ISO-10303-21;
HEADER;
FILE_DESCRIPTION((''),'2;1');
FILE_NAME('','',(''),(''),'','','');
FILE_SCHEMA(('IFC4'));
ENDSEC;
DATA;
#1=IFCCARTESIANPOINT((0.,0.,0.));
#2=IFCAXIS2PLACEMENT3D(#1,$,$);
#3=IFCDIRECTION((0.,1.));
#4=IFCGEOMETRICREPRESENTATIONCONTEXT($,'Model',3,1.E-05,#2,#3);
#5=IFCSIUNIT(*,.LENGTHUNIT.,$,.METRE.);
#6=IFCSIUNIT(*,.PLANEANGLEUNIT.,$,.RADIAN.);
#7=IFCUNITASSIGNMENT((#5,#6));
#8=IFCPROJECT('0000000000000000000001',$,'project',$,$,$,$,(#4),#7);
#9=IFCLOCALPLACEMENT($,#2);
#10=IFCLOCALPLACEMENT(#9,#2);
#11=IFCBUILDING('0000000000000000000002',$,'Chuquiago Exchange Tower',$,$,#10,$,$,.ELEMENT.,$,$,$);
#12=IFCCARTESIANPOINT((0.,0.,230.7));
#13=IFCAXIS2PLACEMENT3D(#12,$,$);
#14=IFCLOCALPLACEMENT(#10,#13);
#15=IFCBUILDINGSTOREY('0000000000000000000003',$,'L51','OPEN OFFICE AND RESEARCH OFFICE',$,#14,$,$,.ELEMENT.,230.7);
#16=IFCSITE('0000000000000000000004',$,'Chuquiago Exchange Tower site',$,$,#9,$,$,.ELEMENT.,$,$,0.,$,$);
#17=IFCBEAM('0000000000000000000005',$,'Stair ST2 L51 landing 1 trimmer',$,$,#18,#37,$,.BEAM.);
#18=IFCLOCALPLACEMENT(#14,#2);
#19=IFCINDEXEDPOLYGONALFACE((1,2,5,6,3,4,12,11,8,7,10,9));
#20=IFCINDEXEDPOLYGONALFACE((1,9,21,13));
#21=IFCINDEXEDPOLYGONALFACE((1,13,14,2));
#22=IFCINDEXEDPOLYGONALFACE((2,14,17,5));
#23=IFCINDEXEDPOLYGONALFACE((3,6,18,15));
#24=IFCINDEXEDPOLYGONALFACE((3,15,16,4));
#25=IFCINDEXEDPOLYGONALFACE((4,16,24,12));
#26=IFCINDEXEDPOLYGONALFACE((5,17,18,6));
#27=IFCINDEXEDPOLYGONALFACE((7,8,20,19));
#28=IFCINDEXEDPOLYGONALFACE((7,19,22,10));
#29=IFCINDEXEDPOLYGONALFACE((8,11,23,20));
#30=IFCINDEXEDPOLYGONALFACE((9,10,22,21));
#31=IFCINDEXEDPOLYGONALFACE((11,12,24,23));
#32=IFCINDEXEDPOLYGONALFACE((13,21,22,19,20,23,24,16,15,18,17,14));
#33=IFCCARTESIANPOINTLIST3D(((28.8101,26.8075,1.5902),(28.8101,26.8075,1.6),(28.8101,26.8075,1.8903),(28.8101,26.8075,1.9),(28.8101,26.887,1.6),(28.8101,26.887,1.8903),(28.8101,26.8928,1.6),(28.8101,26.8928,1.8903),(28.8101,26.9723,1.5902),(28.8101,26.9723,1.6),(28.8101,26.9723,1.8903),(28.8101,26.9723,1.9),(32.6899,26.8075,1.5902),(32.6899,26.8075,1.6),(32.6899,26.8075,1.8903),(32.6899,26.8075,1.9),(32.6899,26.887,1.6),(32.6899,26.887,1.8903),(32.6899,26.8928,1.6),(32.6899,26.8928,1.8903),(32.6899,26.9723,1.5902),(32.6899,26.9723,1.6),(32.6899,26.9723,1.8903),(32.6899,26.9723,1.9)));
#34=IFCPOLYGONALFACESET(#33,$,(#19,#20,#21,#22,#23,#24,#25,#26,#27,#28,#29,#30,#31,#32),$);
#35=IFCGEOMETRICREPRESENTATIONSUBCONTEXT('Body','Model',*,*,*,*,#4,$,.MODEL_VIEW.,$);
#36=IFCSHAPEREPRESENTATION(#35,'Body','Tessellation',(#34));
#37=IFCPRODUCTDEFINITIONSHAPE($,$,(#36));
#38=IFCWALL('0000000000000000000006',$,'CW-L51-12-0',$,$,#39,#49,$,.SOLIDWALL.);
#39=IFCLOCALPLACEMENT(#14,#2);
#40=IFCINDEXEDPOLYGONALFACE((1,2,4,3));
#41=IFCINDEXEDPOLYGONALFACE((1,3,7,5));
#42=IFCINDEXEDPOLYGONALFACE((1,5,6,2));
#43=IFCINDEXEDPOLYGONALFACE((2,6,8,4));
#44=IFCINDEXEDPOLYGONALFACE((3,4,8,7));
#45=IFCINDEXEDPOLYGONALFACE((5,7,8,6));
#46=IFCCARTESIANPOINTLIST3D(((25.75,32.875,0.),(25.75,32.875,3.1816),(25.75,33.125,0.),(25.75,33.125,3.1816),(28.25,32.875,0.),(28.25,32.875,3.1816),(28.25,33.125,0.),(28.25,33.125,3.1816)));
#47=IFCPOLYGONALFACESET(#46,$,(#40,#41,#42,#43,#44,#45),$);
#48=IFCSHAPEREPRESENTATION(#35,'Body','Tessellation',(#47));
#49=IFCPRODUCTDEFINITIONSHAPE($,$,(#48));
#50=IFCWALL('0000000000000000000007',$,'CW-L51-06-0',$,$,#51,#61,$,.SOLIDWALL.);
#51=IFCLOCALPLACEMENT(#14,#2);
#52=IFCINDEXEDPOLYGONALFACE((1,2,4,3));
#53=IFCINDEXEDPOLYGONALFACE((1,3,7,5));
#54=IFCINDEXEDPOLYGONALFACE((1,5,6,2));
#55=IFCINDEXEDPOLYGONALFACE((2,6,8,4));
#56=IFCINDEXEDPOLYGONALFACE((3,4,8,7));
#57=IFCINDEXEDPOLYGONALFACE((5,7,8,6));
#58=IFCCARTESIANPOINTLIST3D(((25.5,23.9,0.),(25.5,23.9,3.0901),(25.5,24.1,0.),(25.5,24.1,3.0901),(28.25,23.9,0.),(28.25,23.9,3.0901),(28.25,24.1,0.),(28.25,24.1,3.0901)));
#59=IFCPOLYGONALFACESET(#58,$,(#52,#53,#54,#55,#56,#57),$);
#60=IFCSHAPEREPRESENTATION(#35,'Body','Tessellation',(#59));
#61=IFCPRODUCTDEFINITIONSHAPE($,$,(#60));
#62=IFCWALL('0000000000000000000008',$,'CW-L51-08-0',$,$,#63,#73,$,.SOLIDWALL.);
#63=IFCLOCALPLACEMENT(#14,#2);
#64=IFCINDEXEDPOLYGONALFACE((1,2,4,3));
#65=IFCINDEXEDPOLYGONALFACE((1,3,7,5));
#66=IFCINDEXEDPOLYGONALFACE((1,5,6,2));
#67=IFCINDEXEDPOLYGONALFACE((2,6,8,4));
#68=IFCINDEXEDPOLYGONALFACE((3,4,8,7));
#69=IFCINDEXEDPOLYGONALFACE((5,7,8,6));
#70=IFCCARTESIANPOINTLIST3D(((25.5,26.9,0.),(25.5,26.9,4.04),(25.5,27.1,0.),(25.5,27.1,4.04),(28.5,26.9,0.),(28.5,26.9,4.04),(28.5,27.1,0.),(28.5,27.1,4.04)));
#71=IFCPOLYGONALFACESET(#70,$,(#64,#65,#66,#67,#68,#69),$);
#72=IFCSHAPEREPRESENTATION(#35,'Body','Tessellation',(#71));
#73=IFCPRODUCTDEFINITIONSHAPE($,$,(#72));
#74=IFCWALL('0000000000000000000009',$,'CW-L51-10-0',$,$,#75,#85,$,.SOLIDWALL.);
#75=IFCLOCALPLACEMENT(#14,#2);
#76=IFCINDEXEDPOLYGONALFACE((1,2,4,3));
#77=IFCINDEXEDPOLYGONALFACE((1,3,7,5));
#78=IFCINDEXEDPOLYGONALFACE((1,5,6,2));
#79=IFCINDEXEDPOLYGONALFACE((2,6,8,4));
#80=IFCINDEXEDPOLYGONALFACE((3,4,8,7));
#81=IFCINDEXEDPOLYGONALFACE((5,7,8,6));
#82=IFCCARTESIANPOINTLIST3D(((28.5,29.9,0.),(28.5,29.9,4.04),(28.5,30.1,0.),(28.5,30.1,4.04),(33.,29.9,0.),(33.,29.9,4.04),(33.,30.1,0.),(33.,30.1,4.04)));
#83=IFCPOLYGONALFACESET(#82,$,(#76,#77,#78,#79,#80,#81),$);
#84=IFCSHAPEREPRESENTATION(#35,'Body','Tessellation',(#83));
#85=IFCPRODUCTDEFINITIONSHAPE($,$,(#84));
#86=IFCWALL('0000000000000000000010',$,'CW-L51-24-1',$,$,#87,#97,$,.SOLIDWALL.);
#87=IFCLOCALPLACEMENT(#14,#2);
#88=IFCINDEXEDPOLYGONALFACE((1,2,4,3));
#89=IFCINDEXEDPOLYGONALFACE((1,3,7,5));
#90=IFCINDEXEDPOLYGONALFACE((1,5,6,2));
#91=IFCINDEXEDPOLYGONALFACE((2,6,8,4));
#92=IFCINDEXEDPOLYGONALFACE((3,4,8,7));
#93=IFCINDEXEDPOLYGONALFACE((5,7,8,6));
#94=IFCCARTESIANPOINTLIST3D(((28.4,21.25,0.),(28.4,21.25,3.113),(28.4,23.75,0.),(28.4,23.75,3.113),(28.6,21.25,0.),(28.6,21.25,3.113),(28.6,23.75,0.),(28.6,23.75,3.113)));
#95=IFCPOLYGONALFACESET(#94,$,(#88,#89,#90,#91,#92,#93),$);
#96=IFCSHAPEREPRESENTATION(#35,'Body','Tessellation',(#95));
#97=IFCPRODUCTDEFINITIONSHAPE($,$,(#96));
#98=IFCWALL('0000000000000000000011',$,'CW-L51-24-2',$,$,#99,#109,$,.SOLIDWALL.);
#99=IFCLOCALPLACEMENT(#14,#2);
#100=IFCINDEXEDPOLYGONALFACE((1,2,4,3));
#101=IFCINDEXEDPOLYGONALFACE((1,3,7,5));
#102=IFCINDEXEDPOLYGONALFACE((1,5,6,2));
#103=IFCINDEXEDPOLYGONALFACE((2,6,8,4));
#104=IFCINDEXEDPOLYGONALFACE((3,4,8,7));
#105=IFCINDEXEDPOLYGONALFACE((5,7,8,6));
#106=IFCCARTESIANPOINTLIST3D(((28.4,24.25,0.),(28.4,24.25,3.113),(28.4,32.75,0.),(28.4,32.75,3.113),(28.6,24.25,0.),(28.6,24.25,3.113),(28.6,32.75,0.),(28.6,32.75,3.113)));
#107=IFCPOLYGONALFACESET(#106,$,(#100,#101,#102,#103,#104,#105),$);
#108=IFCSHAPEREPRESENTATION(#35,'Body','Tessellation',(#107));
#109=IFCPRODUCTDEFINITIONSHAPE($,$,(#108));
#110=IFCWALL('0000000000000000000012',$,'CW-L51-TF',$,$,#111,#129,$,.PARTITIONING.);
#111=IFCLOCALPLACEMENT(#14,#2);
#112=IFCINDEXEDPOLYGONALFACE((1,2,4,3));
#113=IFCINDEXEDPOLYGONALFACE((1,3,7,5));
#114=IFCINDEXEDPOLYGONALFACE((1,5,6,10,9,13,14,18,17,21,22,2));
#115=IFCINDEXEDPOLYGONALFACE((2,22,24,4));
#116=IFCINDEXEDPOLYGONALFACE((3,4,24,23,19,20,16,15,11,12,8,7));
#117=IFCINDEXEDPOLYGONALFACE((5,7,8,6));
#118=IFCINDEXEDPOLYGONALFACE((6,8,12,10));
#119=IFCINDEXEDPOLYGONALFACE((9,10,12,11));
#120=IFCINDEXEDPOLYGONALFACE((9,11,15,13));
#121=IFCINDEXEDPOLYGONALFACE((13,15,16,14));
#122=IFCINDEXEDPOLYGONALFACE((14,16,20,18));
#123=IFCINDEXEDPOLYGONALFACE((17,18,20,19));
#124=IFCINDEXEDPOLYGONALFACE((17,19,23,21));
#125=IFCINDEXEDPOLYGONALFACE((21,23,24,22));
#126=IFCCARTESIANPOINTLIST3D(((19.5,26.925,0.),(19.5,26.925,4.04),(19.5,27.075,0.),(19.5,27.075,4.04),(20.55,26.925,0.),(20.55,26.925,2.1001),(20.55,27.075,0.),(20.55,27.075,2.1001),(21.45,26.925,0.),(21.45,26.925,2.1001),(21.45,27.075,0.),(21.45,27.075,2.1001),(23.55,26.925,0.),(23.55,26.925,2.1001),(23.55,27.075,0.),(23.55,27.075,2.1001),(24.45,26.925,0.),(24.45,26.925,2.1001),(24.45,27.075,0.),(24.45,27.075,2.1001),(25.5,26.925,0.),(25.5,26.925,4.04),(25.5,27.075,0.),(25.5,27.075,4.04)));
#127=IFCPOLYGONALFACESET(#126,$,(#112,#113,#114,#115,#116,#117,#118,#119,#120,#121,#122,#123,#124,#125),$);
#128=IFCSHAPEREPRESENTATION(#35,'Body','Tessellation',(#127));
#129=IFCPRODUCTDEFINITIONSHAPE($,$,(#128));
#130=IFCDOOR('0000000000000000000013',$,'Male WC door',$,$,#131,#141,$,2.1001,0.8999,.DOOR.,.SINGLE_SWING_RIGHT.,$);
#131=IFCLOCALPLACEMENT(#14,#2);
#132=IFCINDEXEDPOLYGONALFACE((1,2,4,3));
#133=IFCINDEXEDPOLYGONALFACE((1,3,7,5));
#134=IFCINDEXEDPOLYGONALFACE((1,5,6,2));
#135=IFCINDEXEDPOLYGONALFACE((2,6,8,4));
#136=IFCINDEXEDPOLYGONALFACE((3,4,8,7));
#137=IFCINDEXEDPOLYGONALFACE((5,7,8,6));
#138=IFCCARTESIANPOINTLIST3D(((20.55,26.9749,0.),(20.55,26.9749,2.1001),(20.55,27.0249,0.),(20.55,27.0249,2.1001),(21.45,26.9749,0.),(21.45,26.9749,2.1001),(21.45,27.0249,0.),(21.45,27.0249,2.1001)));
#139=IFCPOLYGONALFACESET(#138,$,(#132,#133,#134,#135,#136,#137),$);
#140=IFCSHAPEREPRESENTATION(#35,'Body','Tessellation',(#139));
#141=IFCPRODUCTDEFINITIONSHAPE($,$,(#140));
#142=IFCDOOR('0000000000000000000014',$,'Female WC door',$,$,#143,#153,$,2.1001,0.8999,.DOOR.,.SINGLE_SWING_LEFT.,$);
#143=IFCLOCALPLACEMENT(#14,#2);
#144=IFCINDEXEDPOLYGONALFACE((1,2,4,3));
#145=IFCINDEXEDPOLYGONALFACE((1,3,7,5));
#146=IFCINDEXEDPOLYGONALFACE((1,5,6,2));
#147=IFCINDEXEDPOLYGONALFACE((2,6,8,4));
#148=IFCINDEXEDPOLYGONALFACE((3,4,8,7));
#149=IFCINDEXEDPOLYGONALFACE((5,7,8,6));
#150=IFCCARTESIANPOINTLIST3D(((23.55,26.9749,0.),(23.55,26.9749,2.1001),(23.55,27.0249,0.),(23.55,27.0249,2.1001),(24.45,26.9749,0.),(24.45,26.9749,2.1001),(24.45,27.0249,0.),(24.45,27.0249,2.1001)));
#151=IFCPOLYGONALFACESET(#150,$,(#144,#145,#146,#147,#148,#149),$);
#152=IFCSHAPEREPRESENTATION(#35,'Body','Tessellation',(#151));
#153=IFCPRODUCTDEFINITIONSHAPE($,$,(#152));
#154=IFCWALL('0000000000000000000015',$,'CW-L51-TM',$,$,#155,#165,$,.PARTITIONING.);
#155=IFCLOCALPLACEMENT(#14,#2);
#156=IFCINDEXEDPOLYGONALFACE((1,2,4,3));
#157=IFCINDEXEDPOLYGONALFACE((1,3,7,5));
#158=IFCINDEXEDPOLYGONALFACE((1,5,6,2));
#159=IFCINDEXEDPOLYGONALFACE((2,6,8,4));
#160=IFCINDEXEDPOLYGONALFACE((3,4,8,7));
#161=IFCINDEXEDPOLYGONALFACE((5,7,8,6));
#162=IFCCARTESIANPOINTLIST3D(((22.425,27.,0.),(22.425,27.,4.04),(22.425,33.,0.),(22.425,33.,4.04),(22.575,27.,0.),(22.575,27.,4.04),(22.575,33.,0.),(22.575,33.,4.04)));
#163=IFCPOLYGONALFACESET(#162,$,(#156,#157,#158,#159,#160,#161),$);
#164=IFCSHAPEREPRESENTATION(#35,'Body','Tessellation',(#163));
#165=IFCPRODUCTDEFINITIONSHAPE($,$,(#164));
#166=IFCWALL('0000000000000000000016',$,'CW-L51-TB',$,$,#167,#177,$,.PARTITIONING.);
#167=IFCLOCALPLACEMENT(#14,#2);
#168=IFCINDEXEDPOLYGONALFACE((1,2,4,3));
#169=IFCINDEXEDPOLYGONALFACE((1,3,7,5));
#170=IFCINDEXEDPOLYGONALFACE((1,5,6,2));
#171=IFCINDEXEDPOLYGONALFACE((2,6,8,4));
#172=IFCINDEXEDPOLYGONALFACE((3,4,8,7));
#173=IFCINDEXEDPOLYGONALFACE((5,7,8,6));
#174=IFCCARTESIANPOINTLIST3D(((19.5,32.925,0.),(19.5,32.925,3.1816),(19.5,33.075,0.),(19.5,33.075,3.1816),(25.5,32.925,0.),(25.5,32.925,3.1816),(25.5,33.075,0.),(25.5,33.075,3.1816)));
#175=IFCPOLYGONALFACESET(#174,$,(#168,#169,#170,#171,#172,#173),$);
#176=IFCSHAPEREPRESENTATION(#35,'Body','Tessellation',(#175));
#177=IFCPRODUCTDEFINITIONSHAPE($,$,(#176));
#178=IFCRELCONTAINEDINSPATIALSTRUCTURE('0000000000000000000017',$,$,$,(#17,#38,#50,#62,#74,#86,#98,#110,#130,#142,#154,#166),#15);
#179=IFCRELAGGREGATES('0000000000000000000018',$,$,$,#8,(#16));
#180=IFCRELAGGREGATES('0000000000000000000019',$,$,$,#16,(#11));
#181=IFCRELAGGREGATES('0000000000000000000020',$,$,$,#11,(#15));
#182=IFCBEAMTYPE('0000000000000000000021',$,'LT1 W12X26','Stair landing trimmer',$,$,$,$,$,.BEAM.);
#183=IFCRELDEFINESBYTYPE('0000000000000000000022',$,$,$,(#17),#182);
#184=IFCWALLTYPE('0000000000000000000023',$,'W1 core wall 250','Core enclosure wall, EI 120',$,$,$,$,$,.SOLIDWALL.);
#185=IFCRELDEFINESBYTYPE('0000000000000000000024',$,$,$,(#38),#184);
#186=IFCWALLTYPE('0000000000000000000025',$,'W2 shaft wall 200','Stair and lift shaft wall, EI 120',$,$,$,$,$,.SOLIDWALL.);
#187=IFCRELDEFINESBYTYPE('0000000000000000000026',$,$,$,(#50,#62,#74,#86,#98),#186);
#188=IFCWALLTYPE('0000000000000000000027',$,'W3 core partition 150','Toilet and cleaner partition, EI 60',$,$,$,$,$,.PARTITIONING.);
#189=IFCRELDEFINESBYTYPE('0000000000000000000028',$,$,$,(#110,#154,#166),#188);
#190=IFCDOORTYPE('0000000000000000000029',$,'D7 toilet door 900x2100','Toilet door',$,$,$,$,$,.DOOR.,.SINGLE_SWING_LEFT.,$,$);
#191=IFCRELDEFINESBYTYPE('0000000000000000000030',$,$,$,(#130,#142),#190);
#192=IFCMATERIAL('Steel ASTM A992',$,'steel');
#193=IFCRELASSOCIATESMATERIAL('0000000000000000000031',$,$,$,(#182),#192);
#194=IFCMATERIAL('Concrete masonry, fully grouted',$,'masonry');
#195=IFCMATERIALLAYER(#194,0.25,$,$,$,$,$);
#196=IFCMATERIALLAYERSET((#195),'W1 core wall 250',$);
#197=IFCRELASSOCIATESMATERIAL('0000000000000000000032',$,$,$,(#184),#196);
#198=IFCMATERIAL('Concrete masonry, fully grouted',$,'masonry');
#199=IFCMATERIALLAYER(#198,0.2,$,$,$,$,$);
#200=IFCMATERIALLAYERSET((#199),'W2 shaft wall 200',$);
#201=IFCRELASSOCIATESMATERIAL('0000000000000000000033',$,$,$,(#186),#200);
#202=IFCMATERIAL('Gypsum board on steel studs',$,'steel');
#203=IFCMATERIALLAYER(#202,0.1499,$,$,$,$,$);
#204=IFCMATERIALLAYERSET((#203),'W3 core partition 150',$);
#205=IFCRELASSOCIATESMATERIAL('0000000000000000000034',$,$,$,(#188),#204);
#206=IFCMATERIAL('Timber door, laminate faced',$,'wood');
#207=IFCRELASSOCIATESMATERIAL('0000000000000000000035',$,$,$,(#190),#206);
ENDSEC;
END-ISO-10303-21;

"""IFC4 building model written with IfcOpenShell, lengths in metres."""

from ifc_helpers import new_model, si_unit, direction, frame, frame_2d, origin, origin_2d, place, context, subcontext, project, spatial, rectangle, i_section, extrude, material, layer, layer_set, material_profile, profile_set, type_object, element, fill, save


model = new_model("IFC4")

# Units and contexts
model_context = context("Model", 3, precision=1e-05, world=origin(), true_north=direction((0.0, 1.0)))
body_context = subcontext(model_context, "Body", "Model", "MODEL_VIEW")
ifc_project = project(units=[si_unit("LENGTHUNIT", "METRE"), si_unit("PLANEANGLEUNIT", "RADIAN")], contexts=[model_context])

# Site, building, storey
site_placement = place(None, origin())
site = spatial("IfcSite", under=ifc_project, at=site_placement, Name="Chuquiago Exchange Tower site", CompositionType="ELEMENT", RefElevation=0.0)
building_placement = place(site_placement, origin())
building = spatial("IfcBuilding", under=site, at=building_placement, Name="Chuquiago Exchange Tower", CompositionType="ELEMENT")
storey_placement = place(building_placement, frame((0.0, 0.0, 230.7)))
storey = spatial("IfcBuildingStorey", under=building, at=storey_placement, Name="L51", Description="OPEN OFFICE AND RESEARCH OFFICE", CompositionType="ELEMENT", Elevation=230.7)

# Beam
ifc_material_1 = material(Name="Steel ASTM A992", Category="steel")
ifc_material_profile_1 = material_profile(ifc_material_1, i_section(OverallWidth=0.1648, OverallDepth=0.3098, WebThickness=0.0059, FlangeThickness=0.0098, at=origin_2d()), Name="W12X26")
ifc_profile_set_1 = profile_set([ifc_material_profile_1], Name="Steel ASTM A992")
beam_type_1 = type_object("IfcBeamType", Name="LT1 W12X26", Description="Stair landing trimmer", PredefinedType="BEAM", material=ifc_profile_set_1)
for number, where, z_axis, x_axis, name in (
    (1, (28.8101, 26.8899, 1.7451), (1.0, 0.0, 0.0), (0.0, 1.0, 0.0), "Stair ST2 L51 landing 1 trimmer"),
):
    element("IfcBeam", number, at=place(storey_placement, frame(where, z_axis=z_axis, x_axis=x_axis)), inside=storey, type_object=beam_type_1, Name=name, PredefinedType="BEAM", context=body_context, shape_type="SweptSolid", body=[
        extrude(i_section(OverallWidth=0.1648, OverallDepth=0.3098, WebThickness=0.0059, FlangeThickness=0.0098, at=origin_2d()), origin(), (0.0, 0.0, 1.0), 3.8799),
    ])

# Walls
ifc_material_2 = material(Name="Concrete masonry, fully grouted", Category="masonry")
ifc_layer_1 = layer(ifc_material_2, 0.25)
ifc_layer_set_1 = layer_set([ifc_layer_1], Name="W1 core wall 250")
wall_type_1 = type_object("IfcWallType", Name="W1 core wall 250", Description="Core enclosure wall, EI 120", PredefinedType="SOLIDWALL", material=ifc_layer_set_1)
wall_1_placement = place(storey_placement, frame((25.75, 33.0, 0.0), z_axis=(0.0, 0.0, 1.0), x_axis=(1.0, 0.0, 0.0)))
element("IfcWall", 2, at=wall_1_placement, inside=storey, type_object=wall_type_1, Name="CW-L51-12-0", PredefinedType="SOLIDWALL", context=body_context, shape_type="SweptSolid", body=[
    extrude(rectangle(XDim=2.5, YDim=0.25, at=frame_2d((1.25, 0.0))), origin(), (0.0, 0.0, 1.0), 3.1816),
])
ifc_material_3 = material(Name="Concrete masonry, fully grouted", Category="masonry")
ifc_layer_2 = layer(ifc_material_3, 0.2)
ifc_layer_set_2 = layer_set([ifc_layer_2], Name="W2 shaft wall 200")
wall_type_2 = type_object("IfcWallType", Name="W2 shaft wall 200", Description="Stair and lift shaft wall, EI 120", PredefinedType="SOLIDWALL", material=ifc_layer_set_2)
wall_2_placement = place(storey_placement, frame((25.5, 24.0, 0.0), z_axis=(0.0, 0.0, 1.0), x_axis=(1.0, 0.0, 0.0)))
element("IfcWall", 3, at=wall_2_placement, inside=storey, type_object=wall_type_2, Name="CW-L51-06-0", PredefinedType="SOLIDWALL", context=body_context, shape_type="SweptSolid", body=[
    extrude(rectangle(XDim=2.75, YDim=0.2, at=frame_2d((1.375, 0.0))), origin(), (0.0, 0.0, 1.0), 3.0901),
])
wall_3_placement = place(storey_placement, frame((25.5, 27.0, 0.0), z_axis=(0.0, 0.0, 1.0), x_axis=(1.0, 0.0, 0.0)))
element("IfcWall", 4, at=wall_3_placement, inside=storey, type_object=wall_type_2, Name="CW-L51-08-0", PredefinedType="SOLIDWALL", context=body_context, shape_type="SweptSolid", body=[
    extrude(rectangle(XDim=3.0, YDim=0.2, at=frame_2d((1.5, 0.0))), origin(), (0.0, 0.0, 1.0), 4.04),
])
wall_4_placement = place(storey_placement, frame((28.5, 30.0, 0.0), z_axis=(0.0, 0.0, 1.0), x_axis=(1.0, 0.0, 0.0)))
element("IfcWall", 5, at=wall_4_placement, inside=storey, type_object=wall_type_2, Name="CW-L51-10-0", PredefinedType="SOLIDWALL", context=body_context, shape_type="SweptSolid", body=[
    extrude(rectangle(XDim=4.5, YDim=0.2, at=frame_2d((2.25, 0.0))), origin(), (0.0, 0.0, 1.0), 4.04),
])
wall_5_placement = place(storey_placement, frame((28.5, 21.25, 0.0), z_axis=(0.0, 0.0, 1.0), x_axis=(0.0, 1.0, 0.0)))
element("IfcWall", 6, at=wall_5_placement, inside=storey, type_object=wall_type_2, Name="CW-L51-24-1", PredefinedType="SOLIDWALL", context=body_context, shape_type="SweptSolid", body=[
    extrude(rectangle(XDim=2.5, YDim=0.2, at=frame_2d((1.25, 0.0))), origin(), (0.0, 0.0, 1.0), 3.113),
])
wall_6_placement = place(storey_placement, frame((28.5, 24.25, 0.0), z_axis=(0.0, 0.0, 1.0), x_axis=(0.0, 1.0, 0.0)))
element("IfcWall", 7, at=wall_6_placement, inside=storey, type_object=wall_type_2, Name="CW-L51-24-2", PredefinedType="SOLIDWALL", context=body_context, shape_type="SweptSolid", body=[
    extrude(rectangle(XDim=8.5, YDim=0.2, at=frame_2d((4.25, 0.0))), origin(), (0.0, 0.0, 1.0), 3.113),
])

# Wall, openings, doors
ifc_material_4 = material(Name="Gypsum board on steel studs", Category="steel")
ifc_layer_3 = layer(ifc_material_4, 0.1499)
ifc_layer_set_3 = layer_set([ifc_layer_3], Name="W3 core partition 150")
wall_type_3 = type_object("IfcWallType", Name="W3 core partition 150", Description="Toilet and cleaner partition, EI 60", PredefinedType="PARTITIONING", material=ifc_layer_set_3)
wall_7_placement = place(storey_placement, frame((19.5, 27.0, 0.0), z_axis=(0.0, 0.0, 1.0), x_axis=(1.0, 0.0, 0.0)))
wall_7 = element("IfcWall", 8, at=wall_7_placement, inside=storey, type_object=wall_type_3, Name="CW-L51-TF", PredefinedType="PARTITIONING", context=body_context, shape_type="SweptSolid", body=[
    extrude(rectangle(XDim=6.0, YDim=0.1499, at=frame_2d((3.0, 0.0))), origin(), (0.0, 0.0, 1.0), 4.04),
])
opening_1_placement = place(wall_7_placement, frame((1.05, 0.0, 0.0)))
opening_1 = element("IfcOpeningElement", 9, at=opening_1_placement, cuts=wall_7, PredefinedType="OPENING", context=body_context, shape_type="SweptSolid", body=[
    extrude(rectangle(XDim=0.8999, YDim=2.1001, at=frame_2d((0.45, 1.05))), frame((0.0, 0.085, 0.0), z_axis=(0.0, -1.0, 0.0), x_axis=(1.0, 0.0, 0.0)), (0.0, 0.0, 1.0), 0.1699),
])
opening_2_placement = place(wall_7_placement, frame((4.05, 0.0, 0.0)))
opening_2 = element("IfcOpeningElement", 10, at=opening_2_placement, cuts=wall_7, PredefinedType="OPENING", context=body_context, shape_type="SweptSolid", body=[
    extrude(rectangle(XDim=0.8999, YDim=2.1001, at=frame_2d((0.45, 1.05))), frame((0.0, 0.085, 0.0), z_axis=(0.0, -1.0, 0.0), x_axis=(1.0, 0.0, 0.0)), (0.0, 0.0, 1.0), 0.1699),
])
ifc_material_5 = material(Name="Timber door, laminate faced", Category="wood")
door_type = type_object("IfcDoorType", Name="D7 toilet door 900x2100", Description="Toilet door", OperationType="SINGLE_SWING_LEFT", PredefinedType="DOOR", material=ifc_material_5)
door_1_placement = place(opening_1_placement, origin())
door_1 = element("IfcDoor", 11, at=door_1_placement, inside=storey, type_object=door_type, Name="Male WC door", OperationType="SINGLE_SWING_RIGHT", OverallHeight=2.1001, OverallWidth=0.8999, PredefinedType="DOOR", context=body_context, shape_type="SweptSolid", body=[
    extrude(rectangle(XDim=0.8999, YDim=2.1001, at=frame_2d((0.45, 1.05))), frame((0.0, 0.0249, 0.0), z_axis=(0.0, -1.0, 0.0), x_axis=(1.0, 0.0, 0.0)), (0.0, 0.0, 1.0), 0.05),
])
fill(opening_1, door_1)
door_2_placement = place(opening_2_placement, origin())
door_2 = element("IfcDoor", 12, at=door_2_placement, inside=storey, type_object=door_type, Name="Female WC door", OperationType="SINGLE_SWING_LEFT", OverallHeight=2.1001, OverallWidth=0.8999, PredefinedType="DOOR", context=body_context, shape_type="SweptSolid", body=[
    extrude(rectangle(XDim=0.8999, YDim=2.1001, at=frame_2d((0.45, 1.05))), frame((0.0, 0.0249, 0.0), z_axis=(0.0, -1.0, 0.0), x_axis=(1.0, 0.0, 0.0)), (0.0, 0.0, 1.0), 0.05),
])
fill(opening_2, door_2)

# Walls
wall_8_placement = place(storey_placement, frame((22.5, 27.0, 0.0), z_axis=(0.0, 0.0, 1.0), x_axis=(0.0, 1.0, 0.0)))
element("IfcWall", 13, at=wall_8_placement, inside=storey, type_object=wall_type_3, Name="CW-L51-TM", PredefinedType="PARTITIONING", context=body_context, shape_type="SweptSolid", body=[
    extrude(rectangle(XDim=6.0, YDim=0.1499, at=frame_2d((3.0, 0.0))), origin(), (0.0, 0.0, 1.0), 4.04),
])
wall_9_placement = place(storey_placement, frame((19.5, 33.0, 0.0), z_axis=(0.0, 0.0, 1.0), x_axis=(1.0, 0.0, 0.0)))
element("IfcWall", 14, at=wall_9_placement, inside=storey, type_object=wall_type_3, Name="CW-L51-TB", PredefinedType="PARTITIONING", context=body_context, shape_type="SweptSolid", body=[
    extrude(rectangle(XDim=6.0, YDim=0.1499, at=frame_2d((3.0, 0.0))), origin(), (0.0, 0.0, 1.0), 3.1816),
])

save(model, "model.ifc")
